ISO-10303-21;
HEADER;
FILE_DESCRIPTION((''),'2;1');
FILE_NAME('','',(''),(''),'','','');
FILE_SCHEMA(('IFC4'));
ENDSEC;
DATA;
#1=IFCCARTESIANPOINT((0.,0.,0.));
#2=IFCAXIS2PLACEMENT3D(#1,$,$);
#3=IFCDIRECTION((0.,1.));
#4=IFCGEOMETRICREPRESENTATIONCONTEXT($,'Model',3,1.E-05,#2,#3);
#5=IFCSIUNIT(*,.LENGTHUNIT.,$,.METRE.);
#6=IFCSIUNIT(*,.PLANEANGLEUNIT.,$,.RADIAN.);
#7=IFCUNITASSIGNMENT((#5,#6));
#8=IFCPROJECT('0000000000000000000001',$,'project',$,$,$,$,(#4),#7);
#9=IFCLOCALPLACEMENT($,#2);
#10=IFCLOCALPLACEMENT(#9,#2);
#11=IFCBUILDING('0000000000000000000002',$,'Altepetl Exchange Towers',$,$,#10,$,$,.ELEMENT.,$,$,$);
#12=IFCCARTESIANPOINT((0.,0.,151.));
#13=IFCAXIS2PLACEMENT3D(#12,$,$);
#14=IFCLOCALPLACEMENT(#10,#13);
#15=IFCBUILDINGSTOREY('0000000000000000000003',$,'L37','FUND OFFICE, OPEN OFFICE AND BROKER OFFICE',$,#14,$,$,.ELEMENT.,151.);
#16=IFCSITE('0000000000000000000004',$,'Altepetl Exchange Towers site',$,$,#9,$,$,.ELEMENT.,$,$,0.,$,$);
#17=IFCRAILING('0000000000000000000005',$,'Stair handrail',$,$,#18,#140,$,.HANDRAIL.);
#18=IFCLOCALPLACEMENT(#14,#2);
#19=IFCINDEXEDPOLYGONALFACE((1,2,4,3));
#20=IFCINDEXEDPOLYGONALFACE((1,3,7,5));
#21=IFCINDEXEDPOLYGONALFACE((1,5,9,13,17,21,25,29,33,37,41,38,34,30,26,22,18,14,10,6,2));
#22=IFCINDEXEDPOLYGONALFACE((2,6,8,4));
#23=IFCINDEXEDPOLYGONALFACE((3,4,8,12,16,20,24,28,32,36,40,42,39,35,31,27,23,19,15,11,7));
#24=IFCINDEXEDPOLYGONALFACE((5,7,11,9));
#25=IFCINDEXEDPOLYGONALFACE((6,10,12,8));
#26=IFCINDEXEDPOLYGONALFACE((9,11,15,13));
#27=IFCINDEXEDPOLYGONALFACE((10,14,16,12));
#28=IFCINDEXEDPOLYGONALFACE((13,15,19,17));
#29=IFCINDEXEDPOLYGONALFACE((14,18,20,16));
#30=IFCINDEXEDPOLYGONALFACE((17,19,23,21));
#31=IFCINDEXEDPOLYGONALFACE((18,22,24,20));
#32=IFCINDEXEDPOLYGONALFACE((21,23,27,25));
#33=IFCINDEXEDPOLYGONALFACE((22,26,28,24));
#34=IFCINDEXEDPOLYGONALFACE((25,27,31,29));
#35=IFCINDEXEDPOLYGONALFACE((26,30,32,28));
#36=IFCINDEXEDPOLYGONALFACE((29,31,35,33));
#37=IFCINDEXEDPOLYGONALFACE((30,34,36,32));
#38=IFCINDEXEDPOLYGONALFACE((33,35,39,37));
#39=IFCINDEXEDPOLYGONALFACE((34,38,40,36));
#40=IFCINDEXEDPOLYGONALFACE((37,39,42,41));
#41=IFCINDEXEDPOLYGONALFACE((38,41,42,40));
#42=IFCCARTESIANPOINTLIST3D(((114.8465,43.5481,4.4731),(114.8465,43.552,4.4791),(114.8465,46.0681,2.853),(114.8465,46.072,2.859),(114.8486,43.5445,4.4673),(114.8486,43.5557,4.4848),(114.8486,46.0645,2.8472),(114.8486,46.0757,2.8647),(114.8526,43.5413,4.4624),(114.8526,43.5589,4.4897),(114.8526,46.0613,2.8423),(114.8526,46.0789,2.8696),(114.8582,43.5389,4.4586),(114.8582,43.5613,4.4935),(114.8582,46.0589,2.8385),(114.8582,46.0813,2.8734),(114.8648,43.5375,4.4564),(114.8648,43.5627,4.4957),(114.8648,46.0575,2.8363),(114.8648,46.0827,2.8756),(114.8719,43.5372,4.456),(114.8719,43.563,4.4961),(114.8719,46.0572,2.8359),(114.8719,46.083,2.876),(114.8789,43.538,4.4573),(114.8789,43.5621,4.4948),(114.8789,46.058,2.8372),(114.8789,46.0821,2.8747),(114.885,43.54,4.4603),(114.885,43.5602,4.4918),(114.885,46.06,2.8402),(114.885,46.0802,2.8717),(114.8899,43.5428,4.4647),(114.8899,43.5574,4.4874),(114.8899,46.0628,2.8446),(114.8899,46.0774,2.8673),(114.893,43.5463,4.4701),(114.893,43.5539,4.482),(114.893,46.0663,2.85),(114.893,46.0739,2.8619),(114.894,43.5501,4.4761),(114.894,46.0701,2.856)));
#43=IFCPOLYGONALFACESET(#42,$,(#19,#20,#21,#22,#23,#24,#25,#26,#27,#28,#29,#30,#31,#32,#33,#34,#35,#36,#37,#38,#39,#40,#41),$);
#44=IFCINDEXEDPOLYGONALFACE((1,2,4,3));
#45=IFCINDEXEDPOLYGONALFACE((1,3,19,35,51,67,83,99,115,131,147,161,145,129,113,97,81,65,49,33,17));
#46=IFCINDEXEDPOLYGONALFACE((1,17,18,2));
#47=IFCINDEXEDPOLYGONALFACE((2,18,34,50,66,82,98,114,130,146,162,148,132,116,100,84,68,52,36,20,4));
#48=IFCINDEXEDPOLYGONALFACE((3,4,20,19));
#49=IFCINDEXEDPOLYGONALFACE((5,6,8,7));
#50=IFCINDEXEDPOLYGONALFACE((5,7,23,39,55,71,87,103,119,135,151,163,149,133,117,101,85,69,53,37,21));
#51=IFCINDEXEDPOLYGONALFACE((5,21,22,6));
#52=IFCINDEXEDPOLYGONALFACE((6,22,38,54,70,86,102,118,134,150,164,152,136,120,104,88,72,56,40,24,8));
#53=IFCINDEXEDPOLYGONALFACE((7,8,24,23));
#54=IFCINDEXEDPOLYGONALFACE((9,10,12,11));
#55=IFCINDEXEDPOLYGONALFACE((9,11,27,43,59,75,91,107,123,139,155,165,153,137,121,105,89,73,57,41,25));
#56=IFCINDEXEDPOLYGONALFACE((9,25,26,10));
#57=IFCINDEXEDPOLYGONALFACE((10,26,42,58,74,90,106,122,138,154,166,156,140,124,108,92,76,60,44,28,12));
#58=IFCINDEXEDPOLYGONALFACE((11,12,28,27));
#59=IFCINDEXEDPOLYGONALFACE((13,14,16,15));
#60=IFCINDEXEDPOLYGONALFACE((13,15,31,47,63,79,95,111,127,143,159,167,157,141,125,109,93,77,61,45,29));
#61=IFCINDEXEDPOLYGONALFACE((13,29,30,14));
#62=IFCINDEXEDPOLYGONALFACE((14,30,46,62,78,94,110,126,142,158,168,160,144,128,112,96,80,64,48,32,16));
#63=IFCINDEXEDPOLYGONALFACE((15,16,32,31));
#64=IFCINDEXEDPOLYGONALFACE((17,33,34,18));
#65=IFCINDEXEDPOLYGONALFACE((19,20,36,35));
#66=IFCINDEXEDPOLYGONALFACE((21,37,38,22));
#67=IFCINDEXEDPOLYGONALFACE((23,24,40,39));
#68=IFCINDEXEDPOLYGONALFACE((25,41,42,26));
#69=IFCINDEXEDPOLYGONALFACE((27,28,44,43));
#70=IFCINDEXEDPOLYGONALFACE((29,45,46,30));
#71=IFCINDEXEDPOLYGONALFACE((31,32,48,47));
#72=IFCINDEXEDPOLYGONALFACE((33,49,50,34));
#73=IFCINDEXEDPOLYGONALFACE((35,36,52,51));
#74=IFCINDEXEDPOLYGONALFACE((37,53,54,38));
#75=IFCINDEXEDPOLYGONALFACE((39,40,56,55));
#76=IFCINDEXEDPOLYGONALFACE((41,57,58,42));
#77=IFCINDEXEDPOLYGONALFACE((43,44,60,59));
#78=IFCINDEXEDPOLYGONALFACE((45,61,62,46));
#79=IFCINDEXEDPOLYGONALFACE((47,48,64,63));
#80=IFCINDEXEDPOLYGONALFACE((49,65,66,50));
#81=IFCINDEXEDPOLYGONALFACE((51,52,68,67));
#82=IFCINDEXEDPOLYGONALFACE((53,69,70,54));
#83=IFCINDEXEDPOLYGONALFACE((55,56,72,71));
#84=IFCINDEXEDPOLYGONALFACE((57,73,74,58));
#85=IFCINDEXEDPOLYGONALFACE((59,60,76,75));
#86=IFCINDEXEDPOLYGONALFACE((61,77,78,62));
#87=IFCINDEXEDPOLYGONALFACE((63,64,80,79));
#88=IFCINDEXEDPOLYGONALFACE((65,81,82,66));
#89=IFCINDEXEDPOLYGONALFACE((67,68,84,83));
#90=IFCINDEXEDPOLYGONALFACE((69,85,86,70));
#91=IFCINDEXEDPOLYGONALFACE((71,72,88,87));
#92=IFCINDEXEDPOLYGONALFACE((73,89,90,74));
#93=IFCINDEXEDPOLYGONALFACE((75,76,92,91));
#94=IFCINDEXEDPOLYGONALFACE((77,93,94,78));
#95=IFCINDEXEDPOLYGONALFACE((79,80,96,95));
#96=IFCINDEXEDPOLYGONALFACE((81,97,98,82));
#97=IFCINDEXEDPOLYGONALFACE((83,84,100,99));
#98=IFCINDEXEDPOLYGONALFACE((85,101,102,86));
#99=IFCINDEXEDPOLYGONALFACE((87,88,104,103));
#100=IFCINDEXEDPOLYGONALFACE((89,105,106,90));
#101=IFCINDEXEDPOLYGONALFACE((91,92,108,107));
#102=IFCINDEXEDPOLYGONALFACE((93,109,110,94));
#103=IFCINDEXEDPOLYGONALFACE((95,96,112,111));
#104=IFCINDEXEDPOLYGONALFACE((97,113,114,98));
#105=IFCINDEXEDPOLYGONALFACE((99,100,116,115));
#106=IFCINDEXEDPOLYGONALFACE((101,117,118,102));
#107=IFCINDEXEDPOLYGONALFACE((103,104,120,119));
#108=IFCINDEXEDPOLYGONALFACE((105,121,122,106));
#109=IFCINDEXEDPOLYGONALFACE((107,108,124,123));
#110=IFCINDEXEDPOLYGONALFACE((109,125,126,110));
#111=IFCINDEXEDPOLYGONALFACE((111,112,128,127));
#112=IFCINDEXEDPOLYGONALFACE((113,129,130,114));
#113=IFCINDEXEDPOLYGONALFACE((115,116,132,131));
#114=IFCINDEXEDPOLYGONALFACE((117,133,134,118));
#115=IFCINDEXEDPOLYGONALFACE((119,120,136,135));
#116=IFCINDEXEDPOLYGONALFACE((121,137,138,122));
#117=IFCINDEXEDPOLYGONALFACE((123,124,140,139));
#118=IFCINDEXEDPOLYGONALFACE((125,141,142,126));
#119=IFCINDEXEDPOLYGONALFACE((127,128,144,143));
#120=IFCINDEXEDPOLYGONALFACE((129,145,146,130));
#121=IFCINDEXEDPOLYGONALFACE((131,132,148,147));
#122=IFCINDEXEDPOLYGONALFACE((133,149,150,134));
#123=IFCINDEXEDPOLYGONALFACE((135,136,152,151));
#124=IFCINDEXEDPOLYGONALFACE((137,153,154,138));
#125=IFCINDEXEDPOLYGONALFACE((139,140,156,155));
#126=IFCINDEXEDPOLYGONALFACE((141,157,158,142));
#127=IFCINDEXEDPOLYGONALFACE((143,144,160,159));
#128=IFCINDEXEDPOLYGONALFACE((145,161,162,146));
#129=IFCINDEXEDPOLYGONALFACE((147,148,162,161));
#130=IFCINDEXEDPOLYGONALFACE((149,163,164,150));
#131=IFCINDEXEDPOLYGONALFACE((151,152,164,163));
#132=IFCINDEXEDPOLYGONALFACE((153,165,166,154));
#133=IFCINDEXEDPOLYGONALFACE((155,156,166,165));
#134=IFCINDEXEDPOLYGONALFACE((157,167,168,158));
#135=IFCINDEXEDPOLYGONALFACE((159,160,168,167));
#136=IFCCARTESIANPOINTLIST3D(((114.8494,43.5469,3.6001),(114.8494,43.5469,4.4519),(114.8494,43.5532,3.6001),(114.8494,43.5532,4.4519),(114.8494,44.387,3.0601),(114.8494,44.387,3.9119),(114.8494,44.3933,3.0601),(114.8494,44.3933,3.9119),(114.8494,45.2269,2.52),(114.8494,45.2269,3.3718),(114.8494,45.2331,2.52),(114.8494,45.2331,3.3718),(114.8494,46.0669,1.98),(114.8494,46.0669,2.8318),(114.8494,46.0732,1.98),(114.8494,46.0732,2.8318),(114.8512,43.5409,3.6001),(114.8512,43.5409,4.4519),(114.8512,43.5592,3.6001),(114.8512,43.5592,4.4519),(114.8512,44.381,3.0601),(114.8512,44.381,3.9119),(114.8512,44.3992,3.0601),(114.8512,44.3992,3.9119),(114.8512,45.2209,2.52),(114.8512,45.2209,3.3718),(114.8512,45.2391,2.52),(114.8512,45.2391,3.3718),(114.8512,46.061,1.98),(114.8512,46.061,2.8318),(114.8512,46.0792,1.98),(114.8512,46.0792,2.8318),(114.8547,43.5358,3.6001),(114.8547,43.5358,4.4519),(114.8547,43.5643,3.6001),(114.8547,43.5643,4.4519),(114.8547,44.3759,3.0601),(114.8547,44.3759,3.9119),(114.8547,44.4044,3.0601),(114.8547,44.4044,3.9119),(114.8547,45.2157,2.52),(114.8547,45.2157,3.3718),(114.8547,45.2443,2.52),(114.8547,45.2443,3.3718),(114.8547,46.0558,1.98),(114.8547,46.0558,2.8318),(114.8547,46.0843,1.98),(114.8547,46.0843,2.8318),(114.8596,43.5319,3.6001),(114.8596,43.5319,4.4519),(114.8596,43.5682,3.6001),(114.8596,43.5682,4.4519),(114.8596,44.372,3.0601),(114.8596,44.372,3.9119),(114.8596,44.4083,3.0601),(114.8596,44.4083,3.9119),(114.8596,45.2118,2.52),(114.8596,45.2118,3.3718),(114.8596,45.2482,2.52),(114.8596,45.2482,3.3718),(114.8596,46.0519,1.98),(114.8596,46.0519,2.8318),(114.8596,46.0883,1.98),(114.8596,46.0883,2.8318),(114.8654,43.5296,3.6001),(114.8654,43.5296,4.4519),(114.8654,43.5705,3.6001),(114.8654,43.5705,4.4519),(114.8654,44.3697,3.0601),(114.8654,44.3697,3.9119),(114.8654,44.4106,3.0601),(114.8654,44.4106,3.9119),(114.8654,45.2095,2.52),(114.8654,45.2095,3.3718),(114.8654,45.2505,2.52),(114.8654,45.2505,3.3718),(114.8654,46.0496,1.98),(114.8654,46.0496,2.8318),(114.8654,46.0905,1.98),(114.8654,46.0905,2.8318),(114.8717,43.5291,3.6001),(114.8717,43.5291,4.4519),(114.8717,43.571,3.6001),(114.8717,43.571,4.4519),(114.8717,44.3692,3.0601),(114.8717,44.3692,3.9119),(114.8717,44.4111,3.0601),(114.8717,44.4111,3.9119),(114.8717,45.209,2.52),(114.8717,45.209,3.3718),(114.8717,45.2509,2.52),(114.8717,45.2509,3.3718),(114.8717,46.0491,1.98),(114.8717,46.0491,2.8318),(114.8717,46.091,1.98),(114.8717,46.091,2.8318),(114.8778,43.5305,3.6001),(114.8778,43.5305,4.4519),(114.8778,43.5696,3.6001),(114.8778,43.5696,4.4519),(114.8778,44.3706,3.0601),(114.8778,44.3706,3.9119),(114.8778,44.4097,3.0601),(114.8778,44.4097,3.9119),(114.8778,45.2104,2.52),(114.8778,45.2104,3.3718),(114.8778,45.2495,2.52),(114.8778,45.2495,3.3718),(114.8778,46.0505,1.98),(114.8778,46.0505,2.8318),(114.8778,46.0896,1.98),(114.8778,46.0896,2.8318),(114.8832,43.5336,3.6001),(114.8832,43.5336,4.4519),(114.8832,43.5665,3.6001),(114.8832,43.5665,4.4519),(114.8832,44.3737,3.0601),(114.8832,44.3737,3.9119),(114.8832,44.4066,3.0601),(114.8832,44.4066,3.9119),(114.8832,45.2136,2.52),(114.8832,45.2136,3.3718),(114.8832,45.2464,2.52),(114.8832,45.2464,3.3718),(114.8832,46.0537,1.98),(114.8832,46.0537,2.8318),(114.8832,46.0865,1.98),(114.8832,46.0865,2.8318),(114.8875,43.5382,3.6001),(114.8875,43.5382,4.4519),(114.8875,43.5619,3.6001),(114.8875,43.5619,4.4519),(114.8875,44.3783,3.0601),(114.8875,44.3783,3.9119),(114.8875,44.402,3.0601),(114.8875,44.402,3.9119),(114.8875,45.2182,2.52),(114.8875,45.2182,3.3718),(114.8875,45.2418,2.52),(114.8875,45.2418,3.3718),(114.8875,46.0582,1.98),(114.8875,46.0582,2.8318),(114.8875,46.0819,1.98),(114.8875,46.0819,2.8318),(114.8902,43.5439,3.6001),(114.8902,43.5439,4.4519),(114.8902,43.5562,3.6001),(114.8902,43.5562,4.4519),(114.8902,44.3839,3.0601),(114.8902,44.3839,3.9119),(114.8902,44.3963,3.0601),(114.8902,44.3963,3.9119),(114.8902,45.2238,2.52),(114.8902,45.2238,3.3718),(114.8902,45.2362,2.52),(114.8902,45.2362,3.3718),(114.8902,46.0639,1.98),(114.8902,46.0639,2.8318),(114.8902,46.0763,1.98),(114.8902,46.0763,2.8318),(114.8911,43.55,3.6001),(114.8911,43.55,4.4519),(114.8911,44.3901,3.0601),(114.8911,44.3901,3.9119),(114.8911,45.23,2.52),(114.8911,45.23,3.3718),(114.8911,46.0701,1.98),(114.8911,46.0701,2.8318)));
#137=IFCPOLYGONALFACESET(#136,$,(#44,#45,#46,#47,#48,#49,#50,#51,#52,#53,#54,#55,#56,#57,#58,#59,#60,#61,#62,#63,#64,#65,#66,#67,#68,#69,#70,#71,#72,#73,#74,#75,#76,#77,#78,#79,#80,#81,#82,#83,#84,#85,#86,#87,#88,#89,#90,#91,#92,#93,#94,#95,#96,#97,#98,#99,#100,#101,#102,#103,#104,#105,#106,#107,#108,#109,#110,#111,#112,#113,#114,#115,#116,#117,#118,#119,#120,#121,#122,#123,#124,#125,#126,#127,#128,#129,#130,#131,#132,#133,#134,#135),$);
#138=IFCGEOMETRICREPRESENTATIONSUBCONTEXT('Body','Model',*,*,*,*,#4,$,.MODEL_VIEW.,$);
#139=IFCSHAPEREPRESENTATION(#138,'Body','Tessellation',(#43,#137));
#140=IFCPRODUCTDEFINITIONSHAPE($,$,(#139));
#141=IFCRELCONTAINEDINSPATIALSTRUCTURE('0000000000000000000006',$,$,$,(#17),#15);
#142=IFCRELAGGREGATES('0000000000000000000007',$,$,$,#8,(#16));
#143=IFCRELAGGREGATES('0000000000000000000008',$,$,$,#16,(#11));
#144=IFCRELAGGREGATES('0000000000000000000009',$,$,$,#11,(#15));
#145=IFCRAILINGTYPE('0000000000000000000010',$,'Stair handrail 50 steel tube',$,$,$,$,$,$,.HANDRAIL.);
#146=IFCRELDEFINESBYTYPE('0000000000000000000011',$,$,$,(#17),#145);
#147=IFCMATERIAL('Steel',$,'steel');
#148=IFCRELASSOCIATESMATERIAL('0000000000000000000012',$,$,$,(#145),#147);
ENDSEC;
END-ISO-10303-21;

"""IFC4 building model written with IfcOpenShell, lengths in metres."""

from ifc_helpers import new_model, si_unit, direction, frame, origin, origin_2d, place, context, subcontext, project, spatial, circle, extrude, source, transform, mapped, material, type_object, element, save


model = new_model("IFC4")

# Units and contexts
model_context = context("Model", 3, precision=1e-05, world=origin(), true_north=direction((0.0, 1.0)))
body_context = subcontext(model_context, "Body", "Model", "MODEL_VIEW")
ifc_project = project(units=[si_unit("LENGTHUNIT", "METRE"), si_unit("PLANEANGLEUNIT", "RADIAN")], contexts=[model_context])

# Site, building, storey
site_placement = place(None, origin())
site = spatial("IfcSite", under=ifc_project, at=site_placement, Name="Altepetl Exchange Towers site", CompositionType="ELEMENT", RefElevation=0.0)
building_placement = place(site_placement, origin())
building = spatial("IfcBuilding", under=site, at=building_placement, Name="Altepetl Exchange Towers", CompositionType="ELEMENT")
storey_placement = place(building_placement, frame((0.0, 0.0, 151.0)))
storey = spatial("IfcBuildingStorey", under=building, at=storey_placement, Name="L37", Description="FUND OFFICE, OPEN OFFICE AND BROKER OFFICE", CompositionType="ELEMENT", Elevation=151.0)

# Railing
ifc_material_1 = material(Name="Steel", Category="steel")
railing_type = type_object("IfcRailingType", Name="Stair handrail 50 steel tube", PredefinedType="HANDRAIL", material=ifc_material_1)
shared_shape = source(origin(), body_context, "Body", "SweptSolid", [
    extrude(circle(Radius=0.021, at=origin_2d()), origin(), (0.0, 0.0, 1.0), 0.8518),
])
railing_1_placement = place(storey_placement, frame((114.8701, 46.0701, 1.98)))
element("IfcRailing", 1, at=railing_1_placement, inside=storey, type_object=railing_type, Name="Stair handrail", PredefinedType="HANDRAIL", context=body_context, shape_type="SweptSolid", body=[
    extrude(circle(Radius=0.0239, at=origin_2d()), frame((0.0, 0.0, 0.876), z_axis=(0.0, -0.841163, 0.540782), x_axis=(1.0, 0.0, 0.0)), (0.0, 0.0, 1.0), 2.9958),
    mapped(shared_shape, transform((0.0, 0.0, 0.0))),
    mapped(shared_shape, transform((0.0, -0.8401, 0.54))),
    mapped(shared_shape, transform((0.0, -1.6799, 1.0801))),
    mapped(shared_shape, transform((0.0, -2.52, 1.6201))),
])

save(model, "model.ifc")
